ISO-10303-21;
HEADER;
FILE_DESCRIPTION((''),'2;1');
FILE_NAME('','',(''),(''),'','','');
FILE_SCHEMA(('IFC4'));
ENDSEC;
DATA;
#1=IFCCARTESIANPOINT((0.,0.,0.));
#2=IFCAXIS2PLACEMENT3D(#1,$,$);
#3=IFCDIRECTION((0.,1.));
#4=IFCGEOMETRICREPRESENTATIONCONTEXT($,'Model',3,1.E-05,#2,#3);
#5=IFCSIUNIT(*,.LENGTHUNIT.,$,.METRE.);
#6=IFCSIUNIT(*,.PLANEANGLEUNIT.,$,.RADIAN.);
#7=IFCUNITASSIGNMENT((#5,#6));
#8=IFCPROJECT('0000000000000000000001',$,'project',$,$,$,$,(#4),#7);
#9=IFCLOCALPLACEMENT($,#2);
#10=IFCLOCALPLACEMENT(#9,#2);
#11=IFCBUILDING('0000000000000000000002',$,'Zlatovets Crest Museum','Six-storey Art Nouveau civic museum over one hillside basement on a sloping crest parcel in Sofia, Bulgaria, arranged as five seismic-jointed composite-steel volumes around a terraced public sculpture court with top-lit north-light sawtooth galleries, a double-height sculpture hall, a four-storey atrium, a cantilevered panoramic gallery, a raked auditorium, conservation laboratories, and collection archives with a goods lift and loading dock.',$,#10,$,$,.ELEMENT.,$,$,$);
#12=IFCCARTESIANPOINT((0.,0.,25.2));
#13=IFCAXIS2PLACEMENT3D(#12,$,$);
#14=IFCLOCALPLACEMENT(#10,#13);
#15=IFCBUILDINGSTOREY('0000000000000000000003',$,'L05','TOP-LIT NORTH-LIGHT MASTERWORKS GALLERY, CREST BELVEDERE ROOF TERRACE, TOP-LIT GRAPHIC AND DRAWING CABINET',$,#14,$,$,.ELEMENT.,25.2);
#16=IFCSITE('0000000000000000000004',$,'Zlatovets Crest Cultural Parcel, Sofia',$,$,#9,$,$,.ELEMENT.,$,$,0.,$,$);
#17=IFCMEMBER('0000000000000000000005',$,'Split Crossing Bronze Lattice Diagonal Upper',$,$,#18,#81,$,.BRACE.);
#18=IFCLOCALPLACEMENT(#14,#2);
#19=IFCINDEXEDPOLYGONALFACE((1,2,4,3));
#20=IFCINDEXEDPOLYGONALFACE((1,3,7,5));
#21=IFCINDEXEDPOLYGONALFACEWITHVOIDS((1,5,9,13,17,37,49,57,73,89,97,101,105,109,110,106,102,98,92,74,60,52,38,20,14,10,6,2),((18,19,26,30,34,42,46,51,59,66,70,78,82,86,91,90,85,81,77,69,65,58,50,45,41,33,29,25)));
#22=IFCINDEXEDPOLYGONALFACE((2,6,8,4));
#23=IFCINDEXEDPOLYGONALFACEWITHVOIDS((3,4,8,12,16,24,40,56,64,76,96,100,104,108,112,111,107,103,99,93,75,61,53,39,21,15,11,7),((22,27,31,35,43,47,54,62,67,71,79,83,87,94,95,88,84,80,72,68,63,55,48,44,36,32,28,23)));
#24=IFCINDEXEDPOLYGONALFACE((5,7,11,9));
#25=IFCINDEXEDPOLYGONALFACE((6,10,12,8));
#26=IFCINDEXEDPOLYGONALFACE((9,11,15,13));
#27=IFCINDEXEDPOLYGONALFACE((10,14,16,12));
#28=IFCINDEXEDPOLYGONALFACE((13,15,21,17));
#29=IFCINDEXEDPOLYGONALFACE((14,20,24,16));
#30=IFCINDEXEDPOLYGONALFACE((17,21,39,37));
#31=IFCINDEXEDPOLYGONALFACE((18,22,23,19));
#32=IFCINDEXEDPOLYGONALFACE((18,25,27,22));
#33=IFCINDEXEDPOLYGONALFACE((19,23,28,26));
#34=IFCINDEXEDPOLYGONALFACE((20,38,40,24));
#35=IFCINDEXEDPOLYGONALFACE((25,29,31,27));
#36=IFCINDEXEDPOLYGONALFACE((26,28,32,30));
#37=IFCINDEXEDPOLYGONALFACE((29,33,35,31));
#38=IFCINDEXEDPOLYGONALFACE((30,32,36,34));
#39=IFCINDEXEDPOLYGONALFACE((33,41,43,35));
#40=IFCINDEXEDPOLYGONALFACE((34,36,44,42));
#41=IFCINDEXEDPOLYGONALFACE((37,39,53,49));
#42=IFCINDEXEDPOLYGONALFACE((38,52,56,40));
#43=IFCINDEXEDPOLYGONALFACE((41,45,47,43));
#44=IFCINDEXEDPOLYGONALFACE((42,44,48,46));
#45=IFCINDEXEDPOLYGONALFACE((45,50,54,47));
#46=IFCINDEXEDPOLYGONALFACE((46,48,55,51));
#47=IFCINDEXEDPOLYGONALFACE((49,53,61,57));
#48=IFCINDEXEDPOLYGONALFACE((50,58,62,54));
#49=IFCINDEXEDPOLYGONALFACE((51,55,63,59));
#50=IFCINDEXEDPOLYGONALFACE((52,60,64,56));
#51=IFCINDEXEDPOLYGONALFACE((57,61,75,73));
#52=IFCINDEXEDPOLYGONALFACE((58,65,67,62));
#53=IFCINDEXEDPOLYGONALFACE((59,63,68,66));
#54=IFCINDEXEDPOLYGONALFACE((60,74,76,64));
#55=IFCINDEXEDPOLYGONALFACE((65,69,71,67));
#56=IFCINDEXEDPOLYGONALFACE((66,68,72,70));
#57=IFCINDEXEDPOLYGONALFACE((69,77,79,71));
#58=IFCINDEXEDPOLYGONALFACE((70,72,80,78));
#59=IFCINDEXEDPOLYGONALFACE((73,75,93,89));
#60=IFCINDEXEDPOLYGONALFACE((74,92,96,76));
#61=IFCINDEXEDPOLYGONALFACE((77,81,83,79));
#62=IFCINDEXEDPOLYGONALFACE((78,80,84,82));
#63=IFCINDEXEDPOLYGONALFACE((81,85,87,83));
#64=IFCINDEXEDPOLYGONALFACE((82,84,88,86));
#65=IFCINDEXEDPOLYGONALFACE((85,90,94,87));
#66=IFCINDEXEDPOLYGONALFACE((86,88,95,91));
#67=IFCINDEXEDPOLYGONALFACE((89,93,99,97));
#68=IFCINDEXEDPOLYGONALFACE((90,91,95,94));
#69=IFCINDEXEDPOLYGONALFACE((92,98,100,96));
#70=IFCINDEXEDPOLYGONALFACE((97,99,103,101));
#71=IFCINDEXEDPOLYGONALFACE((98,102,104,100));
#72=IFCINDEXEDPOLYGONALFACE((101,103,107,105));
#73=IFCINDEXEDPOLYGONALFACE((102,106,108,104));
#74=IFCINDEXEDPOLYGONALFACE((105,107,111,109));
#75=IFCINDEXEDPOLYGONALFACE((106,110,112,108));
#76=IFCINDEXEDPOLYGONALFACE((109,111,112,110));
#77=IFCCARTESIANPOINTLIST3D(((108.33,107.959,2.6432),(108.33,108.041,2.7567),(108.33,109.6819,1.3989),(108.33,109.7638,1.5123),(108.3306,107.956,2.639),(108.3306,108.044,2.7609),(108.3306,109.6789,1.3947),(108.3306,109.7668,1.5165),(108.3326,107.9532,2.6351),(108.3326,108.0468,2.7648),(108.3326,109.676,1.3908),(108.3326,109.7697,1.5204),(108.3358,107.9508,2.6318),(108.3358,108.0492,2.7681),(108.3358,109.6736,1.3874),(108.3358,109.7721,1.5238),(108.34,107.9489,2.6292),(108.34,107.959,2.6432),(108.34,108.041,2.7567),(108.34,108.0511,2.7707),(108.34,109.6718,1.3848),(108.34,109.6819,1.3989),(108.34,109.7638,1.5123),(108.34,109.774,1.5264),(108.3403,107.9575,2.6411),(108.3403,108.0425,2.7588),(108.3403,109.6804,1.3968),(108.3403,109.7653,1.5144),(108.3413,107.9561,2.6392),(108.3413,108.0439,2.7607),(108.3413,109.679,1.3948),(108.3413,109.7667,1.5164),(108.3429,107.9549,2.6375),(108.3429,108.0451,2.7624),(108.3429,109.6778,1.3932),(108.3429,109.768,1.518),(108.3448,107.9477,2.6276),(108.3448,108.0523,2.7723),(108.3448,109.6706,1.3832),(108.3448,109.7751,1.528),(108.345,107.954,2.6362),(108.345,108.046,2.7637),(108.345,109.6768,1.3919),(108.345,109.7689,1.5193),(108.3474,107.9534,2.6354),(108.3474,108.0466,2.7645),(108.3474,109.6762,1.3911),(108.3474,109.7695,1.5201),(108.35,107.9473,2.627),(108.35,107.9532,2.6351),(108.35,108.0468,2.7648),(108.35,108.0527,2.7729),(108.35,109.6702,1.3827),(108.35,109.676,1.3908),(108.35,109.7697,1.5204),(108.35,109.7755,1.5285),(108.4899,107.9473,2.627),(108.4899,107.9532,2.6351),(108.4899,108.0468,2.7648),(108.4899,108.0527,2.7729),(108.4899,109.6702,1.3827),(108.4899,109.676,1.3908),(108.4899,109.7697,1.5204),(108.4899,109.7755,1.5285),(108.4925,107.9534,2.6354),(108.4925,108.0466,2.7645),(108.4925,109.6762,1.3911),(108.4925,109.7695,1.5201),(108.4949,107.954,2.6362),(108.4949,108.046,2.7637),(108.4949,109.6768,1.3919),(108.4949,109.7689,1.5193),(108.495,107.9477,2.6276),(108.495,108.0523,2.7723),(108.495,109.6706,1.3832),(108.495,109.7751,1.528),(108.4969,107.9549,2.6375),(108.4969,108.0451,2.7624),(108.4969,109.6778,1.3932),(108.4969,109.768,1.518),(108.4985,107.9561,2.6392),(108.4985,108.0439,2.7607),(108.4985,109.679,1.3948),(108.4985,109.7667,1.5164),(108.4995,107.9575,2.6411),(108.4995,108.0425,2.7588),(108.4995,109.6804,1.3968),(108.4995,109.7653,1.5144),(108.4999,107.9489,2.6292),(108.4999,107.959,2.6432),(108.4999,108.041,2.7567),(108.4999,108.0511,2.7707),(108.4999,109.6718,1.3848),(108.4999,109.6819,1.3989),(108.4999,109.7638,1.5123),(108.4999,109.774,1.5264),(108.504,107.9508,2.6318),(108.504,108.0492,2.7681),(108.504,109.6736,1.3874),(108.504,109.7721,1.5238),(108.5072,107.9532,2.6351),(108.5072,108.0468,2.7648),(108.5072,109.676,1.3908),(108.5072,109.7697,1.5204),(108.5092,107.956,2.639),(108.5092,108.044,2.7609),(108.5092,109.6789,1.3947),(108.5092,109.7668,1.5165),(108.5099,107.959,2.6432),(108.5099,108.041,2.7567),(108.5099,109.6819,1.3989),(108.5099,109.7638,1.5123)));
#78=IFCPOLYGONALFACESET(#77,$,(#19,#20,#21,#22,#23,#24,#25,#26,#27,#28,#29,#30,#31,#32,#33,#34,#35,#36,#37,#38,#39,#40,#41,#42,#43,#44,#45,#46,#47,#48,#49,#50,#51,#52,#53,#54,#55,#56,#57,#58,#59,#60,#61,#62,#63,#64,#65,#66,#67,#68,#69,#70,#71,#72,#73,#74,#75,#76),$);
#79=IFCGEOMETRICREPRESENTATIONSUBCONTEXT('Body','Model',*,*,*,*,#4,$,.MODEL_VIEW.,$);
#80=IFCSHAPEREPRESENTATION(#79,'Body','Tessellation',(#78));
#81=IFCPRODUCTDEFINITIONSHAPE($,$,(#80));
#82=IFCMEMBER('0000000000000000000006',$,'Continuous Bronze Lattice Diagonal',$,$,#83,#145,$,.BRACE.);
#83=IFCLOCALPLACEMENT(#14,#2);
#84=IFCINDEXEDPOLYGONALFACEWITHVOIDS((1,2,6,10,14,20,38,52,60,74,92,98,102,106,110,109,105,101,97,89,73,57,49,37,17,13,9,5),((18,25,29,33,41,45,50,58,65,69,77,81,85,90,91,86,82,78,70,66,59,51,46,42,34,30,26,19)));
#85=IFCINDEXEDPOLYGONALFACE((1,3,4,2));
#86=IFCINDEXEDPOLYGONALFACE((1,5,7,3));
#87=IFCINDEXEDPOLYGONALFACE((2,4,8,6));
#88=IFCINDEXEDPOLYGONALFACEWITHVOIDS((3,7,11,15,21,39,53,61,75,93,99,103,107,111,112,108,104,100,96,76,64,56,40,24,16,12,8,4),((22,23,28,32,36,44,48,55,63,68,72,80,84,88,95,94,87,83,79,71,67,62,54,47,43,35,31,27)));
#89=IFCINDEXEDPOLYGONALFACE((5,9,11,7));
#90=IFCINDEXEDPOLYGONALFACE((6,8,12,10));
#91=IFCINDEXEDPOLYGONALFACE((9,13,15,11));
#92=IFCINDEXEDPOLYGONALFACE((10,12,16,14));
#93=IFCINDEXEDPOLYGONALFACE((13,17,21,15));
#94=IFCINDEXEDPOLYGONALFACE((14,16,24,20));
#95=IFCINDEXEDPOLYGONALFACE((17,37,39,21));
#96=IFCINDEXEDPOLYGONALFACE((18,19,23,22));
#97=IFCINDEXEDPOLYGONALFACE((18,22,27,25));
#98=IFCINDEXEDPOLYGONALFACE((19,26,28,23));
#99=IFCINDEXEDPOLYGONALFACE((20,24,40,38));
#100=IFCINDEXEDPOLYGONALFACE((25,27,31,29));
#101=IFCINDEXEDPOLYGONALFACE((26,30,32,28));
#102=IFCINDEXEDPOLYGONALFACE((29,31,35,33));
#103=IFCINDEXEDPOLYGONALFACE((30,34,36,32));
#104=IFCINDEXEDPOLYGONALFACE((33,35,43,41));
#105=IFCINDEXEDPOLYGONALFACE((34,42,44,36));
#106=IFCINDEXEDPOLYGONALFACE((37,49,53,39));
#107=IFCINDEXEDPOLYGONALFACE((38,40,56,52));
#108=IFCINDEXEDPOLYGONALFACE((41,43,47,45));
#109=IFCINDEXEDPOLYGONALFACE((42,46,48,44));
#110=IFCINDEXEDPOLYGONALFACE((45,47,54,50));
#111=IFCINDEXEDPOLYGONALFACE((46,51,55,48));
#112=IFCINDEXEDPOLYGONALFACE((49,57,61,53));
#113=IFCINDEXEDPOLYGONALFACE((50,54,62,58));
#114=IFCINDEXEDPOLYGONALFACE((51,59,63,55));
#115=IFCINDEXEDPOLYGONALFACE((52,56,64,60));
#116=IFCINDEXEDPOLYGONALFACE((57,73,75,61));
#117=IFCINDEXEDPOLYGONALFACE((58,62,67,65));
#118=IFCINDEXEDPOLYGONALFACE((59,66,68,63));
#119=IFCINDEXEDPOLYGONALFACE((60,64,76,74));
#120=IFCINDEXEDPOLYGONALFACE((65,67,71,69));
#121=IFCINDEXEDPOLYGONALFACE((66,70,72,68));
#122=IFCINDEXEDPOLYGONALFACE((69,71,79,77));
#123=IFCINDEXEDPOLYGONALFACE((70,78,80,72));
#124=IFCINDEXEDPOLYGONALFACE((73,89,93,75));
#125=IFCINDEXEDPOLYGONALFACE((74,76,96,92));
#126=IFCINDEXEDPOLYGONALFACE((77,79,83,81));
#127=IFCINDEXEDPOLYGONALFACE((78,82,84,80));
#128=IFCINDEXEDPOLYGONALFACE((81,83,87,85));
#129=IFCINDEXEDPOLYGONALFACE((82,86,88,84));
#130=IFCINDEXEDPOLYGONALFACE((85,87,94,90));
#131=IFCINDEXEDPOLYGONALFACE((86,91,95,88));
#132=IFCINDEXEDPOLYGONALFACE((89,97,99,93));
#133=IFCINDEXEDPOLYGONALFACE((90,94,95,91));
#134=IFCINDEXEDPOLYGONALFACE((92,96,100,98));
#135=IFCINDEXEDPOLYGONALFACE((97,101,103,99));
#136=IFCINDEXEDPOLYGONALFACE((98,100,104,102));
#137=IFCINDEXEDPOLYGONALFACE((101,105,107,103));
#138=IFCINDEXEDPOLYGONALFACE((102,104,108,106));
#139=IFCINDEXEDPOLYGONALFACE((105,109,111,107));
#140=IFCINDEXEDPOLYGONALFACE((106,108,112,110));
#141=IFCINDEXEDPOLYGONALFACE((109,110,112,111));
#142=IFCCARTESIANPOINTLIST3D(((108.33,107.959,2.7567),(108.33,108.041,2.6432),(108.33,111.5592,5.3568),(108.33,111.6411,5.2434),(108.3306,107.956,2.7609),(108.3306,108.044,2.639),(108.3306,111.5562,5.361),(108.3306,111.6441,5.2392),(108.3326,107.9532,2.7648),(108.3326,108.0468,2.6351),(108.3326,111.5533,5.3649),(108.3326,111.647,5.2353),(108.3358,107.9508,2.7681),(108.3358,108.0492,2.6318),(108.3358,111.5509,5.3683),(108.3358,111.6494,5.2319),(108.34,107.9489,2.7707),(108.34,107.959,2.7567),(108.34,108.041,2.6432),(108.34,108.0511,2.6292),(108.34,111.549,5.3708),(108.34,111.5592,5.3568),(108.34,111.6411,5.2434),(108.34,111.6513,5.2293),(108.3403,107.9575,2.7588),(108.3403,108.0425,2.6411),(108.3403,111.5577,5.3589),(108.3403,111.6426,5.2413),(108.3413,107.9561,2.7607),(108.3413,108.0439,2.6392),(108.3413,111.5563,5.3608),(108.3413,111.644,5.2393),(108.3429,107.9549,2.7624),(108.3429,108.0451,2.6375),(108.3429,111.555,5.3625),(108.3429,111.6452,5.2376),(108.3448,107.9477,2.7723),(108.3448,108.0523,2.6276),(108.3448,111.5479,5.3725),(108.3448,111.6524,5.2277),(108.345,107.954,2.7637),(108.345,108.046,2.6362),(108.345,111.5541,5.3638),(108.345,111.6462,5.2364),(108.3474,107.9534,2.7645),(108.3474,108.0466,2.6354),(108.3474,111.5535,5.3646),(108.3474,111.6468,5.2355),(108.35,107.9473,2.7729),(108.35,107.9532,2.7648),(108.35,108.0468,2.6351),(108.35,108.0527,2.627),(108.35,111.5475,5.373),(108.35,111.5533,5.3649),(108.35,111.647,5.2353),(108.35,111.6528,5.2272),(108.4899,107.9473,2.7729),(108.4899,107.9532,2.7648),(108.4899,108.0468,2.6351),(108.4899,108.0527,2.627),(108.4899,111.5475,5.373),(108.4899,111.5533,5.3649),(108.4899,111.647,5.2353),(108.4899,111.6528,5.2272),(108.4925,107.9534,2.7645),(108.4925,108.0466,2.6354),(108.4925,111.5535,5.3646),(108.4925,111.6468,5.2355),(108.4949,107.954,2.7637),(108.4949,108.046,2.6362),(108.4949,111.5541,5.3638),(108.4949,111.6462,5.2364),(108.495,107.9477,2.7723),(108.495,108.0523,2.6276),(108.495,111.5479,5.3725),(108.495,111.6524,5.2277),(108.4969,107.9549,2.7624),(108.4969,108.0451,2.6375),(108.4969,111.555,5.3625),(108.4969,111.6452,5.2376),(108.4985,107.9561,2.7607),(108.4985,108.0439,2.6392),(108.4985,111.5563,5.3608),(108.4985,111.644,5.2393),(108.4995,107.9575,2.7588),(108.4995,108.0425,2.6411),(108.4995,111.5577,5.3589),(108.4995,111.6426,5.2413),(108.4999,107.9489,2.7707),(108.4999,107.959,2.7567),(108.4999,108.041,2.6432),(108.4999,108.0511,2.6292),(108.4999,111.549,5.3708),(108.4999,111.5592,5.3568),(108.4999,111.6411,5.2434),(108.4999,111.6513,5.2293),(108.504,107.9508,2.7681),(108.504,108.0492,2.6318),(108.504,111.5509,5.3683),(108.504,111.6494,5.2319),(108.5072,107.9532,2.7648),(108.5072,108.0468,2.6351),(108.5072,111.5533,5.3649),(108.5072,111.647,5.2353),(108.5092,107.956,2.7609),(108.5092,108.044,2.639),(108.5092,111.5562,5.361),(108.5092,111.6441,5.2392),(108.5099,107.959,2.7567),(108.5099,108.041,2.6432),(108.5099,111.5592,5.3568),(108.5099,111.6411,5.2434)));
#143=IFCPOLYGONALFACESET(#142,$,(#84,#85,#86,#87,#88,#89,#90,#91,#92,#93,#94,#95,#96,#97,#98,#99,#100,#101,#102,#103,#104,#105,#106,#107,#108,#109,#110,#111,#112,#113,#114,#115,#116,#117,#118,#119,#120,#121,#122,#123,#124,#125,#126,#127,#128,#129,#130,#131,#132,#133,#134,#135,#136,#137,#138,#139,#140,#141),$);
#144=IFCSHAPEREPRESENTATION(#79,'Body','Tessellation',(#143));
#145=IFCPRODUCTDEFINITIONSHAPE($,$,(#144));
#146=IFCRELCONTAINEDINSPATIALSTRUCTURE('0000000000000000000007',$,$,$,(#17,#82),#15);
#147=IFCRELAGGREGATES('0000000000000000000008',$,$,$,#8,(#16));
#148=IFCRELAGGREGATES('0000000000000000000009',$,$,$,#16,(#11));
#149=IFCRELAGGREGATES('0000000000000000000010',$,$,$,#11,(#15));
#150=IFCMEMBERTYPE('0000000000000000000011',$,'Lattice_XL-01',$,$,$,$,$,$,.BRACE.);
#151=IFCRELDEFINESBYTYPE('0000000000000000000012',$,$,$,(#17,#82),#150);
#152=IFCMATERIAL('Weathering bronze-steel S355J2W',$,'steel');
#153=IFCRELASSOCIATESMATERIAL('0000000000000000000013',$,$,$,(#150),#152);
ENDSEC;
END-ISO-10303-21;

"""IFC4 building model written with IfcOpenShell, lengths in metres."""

from ifc_helpers import new_model, si_unit, direction, frame, origin, origin_2d, place, context, subcontext, project, spatial, hollow_rectangle, extrude, material, material_profile, profile_set, type_object, element, save


model = new_model("IFC4")

# Units and contexts
model_context = context("Model", 3, precision=1e-05, world=origin(), true_north=direction((0.0, 1.0)))
body_context = subcontext(model_context, "Body", "Model", "MODEL_VIEW")
ifc_project = project(units=[si_unit("LENGTHUNIT", "METRE"), si_unit("PLANEANGLEUNIT", "RADIAN")], contexts=[model_context])

# Site, building, storey
site_placement = place(None, origin())
site = spatial("IfcSite", under=ifc_project, at=site_placement, Name="Zlatovets Crest Cultural Parcel, Sofia", CompositionType="ELEMENT", RefElevation=0.0)
building_placement = place(site_placement, origin())
building = spatial("IfcBuilding", under=site, at=building_placement, Name="Zlatovets Crest Museum", Description="Six-storey Art Nouveau civic museum over one hillside basement on a sloping crest parcel in Sofia, Bulgaria, arranged as five seismic-jointed composite-steel volumes around a terraced public sculpture court with top-lit north-light sawtooth galleries, a double-height sculpture hall, a four-storey atrium, a cantilevered panoramic gallery, a raked auditorium, conservation laboratories, and collection archives with a goods lift and loading dock.", CompositionType="ELEMENT")
storey_placement = place(building_placement, frame((0.0, 0.0, 25.2)))
storey = spatial("IfcBuildingStorey", under=building, at=storey_placement, Name="L05", Description="TOP-LIT NORTH-LIGHT MASTERWORKS GALLERY, CREST BELVEDERE ROOF TERRACE, TOP-LIT GRAPHIC AND DRAWING CABINET", CompositionType="ELEMENT", Elevation=25.2)

# Members
ifc_material_1 = material(Name="Weathering bronze-steel S355J2W", Category="steel")
ifc_material_profile_1 = material_profile(ifc_material_1, hollow_rectangle(XDim=0.1799, YDim=0.1799, WallThickness=0.01, InnerFilletRadius=0.01, OuterFilletRadius=0.02, at=origin_2d()), Name="SHS 180x180x10.0")
ifc_profile_set_1 = profile_set([ifc_material_profile_1], Name="Weathering bronze-steel S355J2W")
member_type_1 = type_object("IfcMemberType", Name="Lattice_XL-01", PredefinedType="BRACE", material=ifc_profile_set_1)
member_1_placement = place(storey_placement, frame((108.4199, 108.0, 2.7), z_axis=(0.0, 0.810664, -0.585512), x_axis=(-1.0, 0.0, 0.0)))
element("IfcMember", 1, at=member_1_placement, inside=storey, type_object=member_type_1, Name="Split Crossing Bronze Lattice Diagonal Upper", PredefinedType="BRACE", context=body_context, shape_type="SweptSolid", body=[
    extrude(hollow_rectangle(XDim=0.1799, YDim=0.1799, WallThickness=0.01, InnerFilletRadius=0.01, OuterFilletRadius=0.02, at=origin_2d()), origin(), (0.0, 0.0, 1.0), 2.1252),
])
member_2_placement = place(storey_placement, frame((108.4199, 108.0, 2.7), z_axis=(0.0, 0.810676, 0.585495), x_axis=(-1.0, 0.0, 0.0)))
element("IfcMember", 2, at=member_2_placement, inside=storey, type_object=member_type_1, Name="Continuous Bronze Lattice Diagonal", PredefinedType="BRACE", context=body_context, shape_type="SweptSolid", body=[
    extrude(hollow_rectangle(XDim=0.1799, YDim=0.1799, WallThickness=0.01, InnerFilletRadius=0.01, OuterFilletRadius=0.02, at=origin_2d()), origin(), (0.0, 0.0, 1.0), 4.4409),
])

save(model, "model.ifc")
